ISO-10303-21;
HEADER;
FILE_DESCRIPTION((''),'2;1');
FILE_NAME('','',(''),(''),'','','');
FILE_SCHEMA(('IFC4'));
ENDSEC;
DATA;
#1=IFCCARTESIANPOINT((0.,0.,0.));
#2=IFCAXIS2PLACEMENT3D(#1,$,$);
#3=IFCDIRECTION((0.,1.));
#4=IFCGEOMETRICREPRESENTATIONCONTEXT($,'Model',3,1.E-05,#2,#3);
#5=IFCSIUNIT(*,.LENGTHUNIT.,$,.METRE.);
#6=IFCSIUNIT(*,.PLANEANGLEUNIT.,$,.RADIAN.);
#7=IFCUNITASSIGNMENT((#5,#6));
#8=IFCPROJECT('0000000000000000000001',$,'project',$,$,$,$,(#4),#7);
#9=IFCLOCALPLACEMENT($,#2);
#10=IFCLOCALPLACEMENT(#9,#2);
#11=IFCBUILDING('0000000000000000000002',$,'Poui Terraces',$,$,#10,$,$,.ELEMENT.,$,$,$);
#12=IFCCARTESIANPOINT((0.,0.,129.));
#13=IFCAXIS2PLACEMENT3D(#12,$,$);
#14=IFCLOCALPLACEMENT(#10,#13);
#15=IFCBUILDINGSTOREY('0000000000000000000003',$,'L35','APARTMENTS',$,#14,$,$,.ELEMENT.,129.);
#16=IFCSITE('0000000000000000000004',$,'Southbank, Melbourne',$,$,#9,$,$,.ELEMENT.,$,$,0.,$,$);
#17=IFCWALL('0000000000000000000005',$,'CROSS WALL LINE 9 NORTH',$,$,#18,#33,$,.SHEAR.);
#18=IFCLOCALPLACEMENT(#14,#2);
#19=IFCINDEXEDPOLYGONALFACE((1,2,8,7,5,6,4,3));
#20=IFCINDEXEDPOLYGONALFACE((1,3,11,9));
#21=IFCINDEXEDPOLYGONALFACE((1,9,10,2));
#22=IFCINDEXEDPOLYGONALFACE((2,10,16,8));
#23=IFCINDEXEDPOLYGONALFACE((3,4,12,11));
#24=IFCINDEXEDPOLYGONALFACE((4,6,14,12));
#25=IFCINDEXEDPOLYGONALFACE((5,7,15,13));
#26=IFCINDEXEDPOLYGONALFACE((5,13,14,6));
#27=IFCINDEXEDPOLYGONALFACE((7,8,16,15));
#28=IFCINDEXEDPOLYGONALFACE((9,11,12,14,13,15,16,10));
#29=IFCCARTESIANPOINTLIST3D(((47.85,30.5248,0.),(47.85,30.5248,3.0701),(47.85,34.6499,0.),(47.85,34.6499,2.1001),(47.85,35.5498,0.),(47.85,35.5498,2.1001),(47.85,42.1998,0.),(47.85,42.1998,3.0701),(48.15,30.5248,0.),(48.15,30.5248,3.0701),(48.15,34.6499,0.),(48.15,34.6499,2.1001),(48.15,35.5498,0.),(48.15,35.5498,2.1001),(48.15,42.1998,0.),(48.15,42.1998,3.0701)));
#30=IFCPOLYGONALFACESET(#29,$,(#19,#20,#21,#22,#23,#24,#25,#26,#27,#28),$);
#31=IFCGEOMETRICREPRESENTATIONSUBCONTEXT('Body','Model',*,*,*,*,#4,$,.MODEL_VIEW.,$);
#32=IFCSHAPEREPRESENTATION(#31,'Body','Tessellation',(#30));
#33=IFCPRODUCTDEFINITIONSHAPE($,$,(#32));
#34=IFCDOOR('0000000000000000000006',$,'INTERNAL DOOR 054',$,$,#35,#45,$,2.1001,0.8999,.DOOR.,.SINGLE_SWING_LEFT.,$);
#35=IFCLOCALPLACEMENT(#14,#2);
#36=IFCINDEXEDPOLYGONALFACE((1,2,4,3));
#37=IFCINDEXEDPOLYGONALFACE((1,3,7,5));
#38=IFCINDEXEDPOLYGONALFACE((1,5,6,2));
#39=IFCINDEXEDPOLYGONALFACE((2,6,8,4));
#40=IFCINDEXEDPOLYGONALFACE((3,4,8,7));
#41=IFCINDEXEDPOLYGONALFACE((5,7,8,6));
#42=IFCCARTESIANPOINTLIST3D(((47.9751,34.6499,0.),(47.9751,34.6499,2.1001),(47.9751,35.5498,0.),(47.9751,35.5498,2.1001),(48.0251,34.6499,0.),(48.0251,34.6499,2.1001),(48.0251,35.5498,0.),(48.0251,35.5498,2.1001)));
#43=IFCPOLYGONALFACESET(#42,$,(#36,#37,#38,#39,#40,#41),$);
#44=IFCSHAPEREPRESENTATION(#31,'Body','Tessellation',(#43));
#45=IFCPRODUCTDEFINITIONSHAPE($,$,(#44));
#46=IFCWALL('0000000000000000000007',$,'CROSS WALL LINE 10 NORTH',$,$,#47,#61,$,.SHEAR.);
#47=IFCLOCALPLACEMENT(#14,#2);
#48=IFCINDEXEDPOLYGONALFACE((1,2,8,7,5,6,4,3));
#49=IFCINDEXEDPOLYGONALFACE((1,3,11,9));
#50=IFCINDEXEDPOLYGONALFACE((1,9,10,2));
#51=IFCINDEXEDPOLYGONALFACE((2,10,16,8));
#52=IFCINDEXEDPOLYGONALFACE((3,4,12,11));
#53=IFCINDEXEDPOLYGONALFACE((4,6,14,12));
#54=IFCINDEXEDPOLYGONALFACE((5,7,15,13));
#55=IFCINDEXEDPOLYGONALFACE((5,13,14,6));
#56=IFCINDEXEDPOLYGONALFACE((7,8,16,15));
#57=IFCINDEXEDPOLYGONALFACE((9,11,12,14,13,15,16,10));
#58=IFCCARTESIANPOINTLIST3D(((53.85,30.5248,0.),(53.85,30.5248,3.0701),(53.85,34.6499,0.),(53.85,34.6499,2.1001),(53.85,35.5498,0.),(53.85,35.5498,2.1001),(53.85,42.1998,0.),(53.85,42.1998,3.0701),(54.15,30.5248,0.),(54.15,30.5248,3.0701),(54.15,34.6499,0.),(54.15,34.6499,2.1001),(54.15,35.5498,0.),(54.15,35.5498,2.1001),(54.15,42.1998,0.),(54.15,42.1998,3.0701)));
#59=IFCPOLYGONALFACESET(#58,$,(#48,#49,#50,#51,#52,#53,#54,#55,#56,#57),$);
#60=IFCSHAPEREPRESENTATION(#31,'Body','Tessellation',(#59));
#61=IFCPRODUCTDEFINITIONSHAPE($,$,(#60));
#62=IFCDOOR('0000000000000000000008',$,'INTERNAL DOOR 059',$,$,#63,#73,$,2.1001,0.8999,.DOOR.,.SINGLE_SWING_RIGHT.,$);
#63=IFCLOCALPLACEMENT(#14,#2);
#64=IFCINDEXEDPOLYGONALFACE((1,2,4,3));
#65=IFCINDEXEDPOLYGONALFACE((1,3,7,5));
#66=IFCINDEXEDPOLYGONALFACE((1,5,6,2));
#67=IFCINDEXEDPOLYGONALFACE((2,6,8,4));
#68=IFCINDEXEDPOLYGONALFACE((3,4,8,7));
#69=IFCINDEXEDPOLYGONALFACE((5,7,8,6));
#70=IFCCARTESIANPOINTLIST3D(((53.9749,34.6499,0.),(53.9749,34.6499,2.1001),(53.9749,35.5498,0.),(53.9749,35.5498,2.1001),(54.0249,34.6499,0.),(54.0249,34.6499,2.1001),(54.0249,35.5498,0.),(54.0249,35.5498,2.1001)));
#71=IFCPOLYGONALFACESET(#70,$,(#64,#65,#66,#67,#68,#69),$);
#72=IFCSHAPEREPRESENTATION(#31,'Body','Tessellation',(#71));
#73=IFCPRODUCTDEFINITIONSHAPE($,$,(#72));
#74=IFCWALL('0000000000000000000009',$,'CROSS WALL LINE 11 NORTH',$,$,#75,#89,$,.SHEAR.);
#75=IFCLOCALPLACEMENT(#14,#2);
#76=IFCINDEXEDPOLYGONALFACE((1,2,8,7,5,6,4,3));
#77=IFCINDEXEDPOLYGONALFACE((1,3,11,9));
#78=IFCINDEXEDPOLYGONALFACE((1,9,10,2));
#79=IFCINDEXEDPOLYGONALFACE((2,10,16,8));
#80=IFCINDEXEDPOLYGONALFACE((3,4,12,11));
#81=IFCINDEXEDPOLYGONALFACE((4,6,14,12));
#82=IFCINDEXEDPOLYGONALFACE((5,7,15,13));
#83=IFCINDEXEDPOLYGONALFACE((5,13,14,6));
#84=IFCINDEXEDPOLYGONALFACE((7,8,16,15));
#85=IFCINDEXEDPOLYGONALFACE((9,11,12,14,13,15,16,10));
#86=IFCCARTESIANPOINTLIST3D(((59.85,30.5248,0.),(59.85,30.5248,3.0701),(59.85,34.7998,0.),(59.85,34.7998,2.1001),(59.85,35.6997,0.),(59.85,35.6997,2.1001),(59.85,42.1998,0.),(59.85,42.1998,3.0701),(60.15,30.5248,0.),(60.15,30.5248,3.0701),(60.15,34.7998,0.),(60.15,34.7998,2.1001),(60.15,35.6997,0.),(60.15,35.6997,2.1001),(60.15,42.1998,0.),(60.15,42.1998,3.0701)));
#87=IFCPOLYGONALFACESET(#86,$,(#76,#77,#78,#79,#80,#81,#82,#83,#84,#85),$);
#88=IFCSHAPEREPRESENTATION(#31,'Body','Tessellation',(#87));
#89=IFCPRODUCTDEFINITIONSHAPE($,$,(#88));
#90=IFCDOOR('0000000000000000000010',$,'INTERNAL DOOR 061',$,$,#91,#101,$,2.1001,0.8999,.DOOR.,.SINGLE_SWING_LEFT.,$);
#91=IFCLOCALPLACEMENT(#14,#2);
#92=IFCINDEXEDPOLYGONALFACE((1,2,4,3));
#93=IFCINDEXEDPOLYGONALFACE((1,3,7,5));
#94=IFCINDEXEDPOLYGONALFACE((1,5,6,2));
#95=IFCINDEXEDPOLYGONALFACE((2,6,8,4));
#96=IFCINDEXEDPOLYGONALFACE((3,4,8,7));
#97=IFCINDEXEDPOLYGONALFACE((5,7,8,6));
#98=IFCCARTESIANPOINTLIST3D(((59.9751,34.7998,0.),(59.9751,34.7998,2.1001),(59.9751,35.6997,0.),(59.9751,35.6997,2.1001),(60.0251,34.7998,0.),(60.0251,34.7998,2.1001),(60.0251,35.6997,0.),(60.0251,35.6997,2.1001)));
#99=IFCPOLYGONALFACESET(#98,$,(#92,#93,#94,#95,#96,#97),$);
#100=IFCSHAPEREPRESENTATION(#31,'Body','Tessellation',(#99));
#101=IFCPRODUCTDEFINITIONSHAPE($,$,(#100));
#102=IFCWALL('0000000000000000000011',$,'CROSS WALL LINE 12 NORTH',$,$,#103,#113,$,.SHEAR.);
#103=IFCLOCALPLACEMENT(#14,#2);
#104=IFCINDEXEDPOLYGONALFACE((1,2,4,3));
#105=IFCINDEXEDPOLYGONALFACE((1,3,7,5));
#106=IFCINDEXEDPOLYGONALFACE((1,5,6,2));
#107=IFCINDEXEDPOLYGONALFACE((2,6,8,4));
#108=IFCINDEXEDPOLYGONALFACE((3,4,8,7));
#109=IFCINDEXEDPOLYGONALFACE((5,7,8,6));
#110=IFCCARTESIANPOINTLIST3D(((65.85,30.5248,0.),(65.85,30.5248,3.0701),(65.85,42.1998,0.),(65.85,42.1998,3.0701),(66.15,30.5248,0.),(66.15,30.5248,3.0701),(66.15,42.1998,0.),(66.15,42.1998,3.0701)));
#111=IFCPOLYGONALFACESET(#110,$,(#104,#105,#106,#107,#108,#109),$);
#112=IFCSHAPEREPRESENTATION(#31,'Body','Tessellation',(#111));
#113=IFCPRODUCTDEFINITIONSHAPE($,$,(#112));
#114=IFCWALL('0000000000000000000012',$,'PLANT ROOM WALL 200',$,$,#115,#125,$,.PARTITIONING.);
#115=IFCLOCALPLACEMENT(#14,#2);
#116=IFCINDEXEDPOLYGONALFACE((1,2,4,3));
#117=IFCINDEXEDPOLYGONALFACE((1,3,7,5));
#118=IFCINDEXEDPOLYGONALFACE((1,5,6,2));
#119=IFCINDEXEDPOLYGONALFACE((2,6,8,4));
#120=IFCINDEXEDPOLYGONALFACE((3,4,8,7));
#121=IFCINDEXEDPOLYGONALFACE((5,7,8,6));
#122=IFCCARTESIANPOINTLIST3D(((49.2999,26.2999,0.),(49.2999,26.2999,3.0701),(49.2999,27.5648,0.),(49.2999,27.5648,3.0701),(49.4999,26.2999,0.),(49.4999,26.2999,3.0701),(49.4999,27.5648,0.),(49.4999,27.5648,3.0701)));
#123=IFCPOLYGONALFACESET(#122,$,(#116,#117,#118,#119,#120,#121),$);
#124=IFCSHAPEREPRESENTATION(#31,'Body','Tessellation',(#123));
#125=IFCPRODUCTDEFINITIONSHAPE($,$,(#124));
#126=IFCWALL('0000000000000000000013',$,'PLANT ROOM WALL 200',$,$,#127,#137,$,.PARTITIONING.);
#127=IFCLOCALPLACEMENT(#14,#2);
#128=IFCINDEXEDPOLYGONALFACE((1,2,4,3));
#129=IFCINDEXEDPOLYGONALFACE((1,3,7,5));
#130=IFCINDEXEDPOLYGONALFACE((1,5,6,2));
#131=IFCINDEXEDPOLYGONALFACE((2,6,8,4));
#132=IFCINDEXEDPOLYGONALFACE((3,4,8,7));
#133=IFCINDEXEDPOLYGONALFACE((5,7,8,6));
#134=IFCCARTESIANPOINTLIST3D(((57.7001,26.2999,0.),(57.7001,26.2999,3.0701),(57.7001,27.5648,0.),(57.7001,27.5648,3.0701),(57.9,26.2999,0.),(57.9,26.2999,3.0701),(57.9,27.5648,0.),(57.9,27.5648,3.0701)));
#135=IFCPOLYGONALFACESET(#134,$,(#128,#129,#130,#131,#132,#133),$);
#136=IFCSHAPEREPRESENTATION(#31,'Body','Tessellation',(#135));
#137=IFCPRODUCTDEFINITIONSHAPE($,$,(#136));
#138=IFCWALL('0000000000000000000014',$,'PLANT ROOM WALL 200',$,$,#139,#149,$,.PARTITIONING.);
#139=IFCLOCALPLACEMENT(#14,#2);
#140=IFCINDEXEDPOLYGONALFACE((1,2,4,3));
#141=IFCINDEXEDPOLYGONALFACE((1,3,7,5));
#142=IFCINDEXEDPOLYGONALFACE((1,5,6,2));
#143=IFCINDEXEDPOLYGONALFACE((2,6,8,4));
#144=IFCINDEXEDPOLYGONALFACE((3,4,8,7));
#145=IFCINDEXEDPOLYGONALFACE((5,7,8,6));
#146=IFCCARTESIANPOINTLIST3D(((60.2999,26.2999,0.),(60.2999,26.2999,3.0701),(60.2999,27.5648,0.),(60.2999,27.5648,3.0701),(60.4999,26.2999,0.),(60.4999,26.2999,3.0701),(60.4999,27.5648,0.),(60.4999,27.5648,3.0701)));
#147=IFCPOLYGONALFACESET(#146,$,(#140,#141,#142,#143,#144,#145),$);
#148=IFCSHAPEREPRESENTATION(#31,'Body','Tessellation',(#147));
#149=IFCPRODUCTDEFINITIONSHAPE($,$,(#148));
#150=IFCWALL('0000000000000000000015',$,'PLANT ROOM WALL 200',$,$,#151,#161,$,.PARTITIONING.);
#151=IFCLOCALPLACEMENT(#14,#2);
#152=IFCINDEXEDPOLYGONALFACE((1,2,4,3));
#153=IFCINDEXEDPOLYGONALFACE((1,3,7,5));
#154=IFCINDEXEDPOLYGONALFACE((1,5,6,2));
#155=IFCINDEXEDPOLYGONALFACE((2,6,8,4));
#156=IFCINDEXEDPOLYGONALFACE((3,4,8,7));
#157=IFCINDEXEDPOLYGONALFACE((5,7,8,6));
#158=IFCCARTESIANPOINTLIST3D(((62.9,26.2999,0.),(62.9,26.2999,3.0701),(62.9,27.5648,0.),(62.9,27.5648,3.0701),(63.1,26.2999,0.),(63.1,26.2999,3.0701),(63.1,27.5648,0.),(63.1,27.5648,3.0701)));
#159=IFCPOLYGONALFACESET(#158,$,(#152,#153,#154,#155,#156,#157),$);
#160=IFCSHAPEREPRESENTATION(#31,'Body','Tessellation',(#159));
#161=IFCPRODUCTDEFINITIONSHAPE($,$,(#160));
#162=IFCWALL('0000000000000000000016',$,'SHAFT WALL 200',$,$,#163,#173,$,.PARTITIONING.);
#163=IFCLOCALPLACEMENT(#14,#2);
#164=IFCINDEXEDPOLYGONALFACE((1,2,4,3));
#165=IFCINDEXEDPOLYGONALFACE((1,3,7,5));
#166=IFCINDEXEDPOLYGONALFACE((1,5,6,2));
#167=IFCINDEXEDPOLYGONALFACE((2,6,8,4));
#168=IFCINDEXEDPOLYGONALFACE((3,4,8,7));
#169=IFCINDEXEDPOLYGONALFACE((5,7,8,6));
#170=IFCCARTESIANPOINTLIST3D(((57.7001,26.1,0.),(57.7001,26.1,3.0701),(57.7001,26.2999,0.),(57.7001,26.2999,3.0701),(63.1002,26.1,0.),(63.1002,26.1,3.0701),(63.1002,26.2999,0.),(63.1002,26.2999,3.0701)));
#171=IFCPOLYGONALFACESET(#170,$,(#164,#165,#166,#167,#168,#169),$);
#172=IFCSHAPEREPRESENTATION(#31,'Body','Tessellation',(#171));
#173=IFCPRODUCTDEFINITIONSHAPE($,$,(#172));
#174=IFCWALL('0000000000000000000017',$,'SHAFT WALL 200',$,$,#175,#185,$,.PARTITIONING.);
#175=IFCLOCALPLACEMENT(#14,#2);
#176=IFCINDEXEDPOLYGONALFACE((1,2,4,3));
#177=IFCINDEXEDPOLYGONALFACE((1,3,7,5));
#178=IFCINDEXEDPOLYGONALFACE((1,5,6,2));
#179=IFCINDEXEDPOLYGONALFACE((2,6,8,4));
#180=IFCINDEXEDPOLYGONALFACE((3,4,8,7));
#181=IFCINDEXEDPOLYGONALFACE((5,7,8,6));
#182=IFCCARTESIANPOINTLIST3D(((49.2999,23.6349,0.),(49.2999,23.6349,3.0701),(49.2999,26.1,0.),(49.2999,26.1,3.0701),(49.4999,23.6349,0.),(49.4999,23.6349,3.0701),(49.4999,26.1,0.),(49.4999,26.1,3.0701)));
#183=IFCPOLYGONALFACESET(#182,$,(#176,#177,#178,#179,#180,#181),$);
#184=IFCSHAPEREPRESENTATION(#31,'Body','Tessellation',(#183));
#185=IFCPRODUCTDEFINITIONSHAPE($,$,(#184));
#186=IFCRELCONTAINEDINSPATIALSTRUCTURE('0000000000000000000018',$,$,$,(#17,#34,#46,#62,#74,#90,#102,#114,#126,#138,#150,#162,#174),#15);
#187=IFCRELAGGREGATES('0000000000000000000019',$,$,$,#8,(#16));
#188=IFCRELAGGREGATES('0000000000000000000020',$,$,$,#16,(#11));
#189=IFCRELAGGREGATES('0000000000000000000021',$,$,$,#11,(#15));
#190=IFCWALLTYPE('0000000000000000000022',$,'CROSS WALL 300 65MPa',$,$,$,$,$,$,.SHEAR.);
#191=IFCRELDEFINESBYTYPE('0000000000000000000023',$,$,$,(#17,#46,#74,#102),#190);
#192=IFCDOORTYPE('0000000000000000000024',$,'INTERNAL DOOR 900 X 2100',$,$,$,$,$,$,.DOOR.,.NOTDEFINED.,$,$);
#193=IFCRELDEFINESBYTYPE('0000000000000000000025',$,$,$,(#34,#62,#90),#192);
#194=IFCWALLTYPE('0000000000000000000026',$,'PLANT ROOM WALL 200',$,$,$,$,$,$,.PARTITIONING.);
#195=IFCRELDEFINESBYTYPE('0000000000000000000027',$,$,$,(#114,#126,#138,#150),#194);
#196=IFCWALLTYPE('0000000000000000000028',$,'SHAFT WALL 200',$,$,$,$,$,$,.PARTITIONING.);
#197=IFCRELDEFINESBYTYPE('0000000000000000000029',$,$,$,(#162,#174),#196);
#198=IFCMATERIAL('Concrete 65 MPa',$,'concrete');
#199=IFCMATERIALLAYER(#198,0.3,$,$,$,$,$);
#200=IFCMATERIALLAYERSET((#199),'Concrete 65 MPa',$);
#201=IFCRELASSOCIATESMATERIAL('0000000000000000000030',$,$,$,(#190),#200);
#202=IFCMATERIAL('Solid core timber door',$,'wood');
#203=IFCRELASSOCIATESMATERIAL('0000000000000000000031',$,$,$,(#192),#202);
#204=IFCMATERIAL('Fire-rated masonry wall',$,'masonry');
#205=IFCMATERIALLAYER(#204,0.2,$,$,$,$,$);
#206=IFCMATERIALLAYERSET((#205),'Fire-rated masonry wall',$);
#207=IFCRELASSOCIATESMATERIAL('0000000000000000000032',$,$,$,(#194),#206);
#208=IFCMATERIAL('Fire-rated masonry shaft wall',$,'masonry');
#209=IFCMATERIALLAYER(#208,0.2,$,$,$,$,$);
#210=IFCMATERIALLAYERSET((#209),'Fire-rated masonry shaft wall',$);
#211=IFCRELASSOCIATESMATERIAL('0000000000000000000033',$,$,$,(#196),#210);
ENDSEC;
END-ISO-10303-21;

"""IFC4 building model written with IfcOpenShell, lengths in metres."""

from ifc_helpers import new_model, si_unit, direction, frame, frame_2d, origin, place, context, subcontext, project, spatial, rectangle, extrude, material, layer, layer_set, type_object, element, fill, save


model = new_model("IFC4")

# Units and contexts
model_context = context("Model", 3, precision=1e-05, world=origin(), true_north=direction((0.0, 1.0)))
body_context = subcontext(model_context, "Body", "Model", "MODEL_VIEW")
ifc_project = project(units=[si_unit("LENGTHUNIT", "METRE"), si_unit("PLANEANGLEUNIT", "RADIAN")], contexts=[model_context])

# Site, building, storey
site_placement = place(None, origin())
site = spatial("IfcSite", under=ifc_project, at=site_placement, Name="Southbank, Melbourne", CompositionType="ELEMENT", RefElevation=0.0)
building_placement = place(site_placement, origin())
building = spatial("IfcBuilding", under=site, at=building_placement, Name="Poui Terraces", CompositionType="ELEMENT")
storey_placement = place(building_placement, frame((0.0, 0.0, 129.0)))
storey = spatial("IfcBuildingStorey", under=building, at=storey_placement, Name="L35", Description="APARTMENTS", CompositionType="ELEMENT", Elevation=129.0)

# Shared definitions
ifc_material_1 = material(Name="Concrete 65 MPa", Category="concrete")

# Walls, openings, doors
ifc_layer_1 = layer(ifc_material_1, 0.3)
ifc_layer_set_1 = layer_set([ifc_layer_1], Name="Concrete 65 MPa")
wall_type_1 = type_object("IfcWallType", Name="CROSS WALL 300 65MPa", PredefinedType="SHEAR", material=ifc_layer_set_1)
wall_1_placement = place(storey_placement, frame((48.0, 30.5249, 0.0), z_axis=(0.0, 0.0, 1.0), x_axis=(0.0, 1.0, 0.0)))
wall_1 = element("IfcWall", 1, at=wall_1_placement, inside=storey, type_object=wall_type_1, Name="CROSS WALL LINE 9 NORTH", PredefinedType="SHEAR", context=body_context, shape_type="SweptSolid", body=[
    extrude(rectangle(XDim=11.675, YDim=0.3, at=frame_2d((5.8374, 0.0))), origin(), (0.0, 0.0, 1.0), 3.0701),
])
opening_1_placement = place(wall_1_placement, frame((4.125, 0.0, 0.0)))
opening_1 = element("IfcOpeningElement", 2, at=opening_1_placement, cuts=wall_1, PredefinedType="OPENING", context=body_context, shape_type="SweptSolid", body=[
    extrude(rectangle(XDim=0.8999, YDim=2.1001, at=frame_2d((0.45, 1.05))), frame((0.0, 0.1602, 0.0), z_axis=(0.0, -1.0, 0.0), x_axis=(1.0, 0.0, 0.0)), (0.0, 0.0, 1.0), 0.3201),
])
ifc_material_2 = material(Name="Solid core timber door", Category="wood")
door_type_1 = type_object("IfcDoorType", Name="INTERNAL DOOR 900 X 2100", OperationType="NOTDEFINED", PredefinedType="DOOR", material=ifc_material_2)
door_1_placement = place(opening_1_placement, origin())
door_1 = element("IfcDoor", 3, at=door_1_placement, inside=storey, type_object=door_type_1, Name="INTERNAL DOOR 054", OperationType="SINGLE_SWING_LEFT", OverallHeight=2.1001, OverallWidth=0.8999, PredefinedType="DOOR", context=body_context, shape_type="SweptSolid", body=[
    extrude(rectangle(XDim=0.8999, YDim=2.1001, at=frame_2d((0.45, 1.05))), frame((0.0, 0.0249, 0.0), z_axis=(0.0, -1.0, 0.0), x_axis=(1.0, 0.0, 0.0)), (0.0, 0.0, 1.0), 0.05),
])
fill(opening_1, door_1)
wall_2_placement = place(storey_placement, frame((54.0, 30.5249, 0.0), z_axis=(0.0, 0.0, 1.0), x_axis=(0.0, 1.0, 0.0)))
wall_2 = element("IfcWall", 4, at=wall_2_placement, inside=storey, type_object=wall_type_1, Name="CROSS WALL LINE 10 NORTH", PredefinedType="SHEAR", context=body_context, shape_type="SweptSolid", body=[
    extrude(rectangle(XDim=11.675, YDim=0.3, at=frame_2d((5.8374, 0.0))), origin(), (0.0, 0.0, 1.0), 3.0701),
])
opening_2_placement = place(wall_2_placement, frame((4.125, 0.0, 0.0)))
opening_2 = element("IfcOpeningElement", 5, at=opening_2_placement, cuts=wall_2, PredefinedType="OPENING", context=body_context, shape_type="SweptSolid", body=[
    extrude(rectangle(XDim=0.8999, YDim=2.1001, at=frame_2d((0.45, 1.05))), frame((0.0, 0.1602, 0.0), z_axis=(0.0, -1.0, 0.0), x_axis=(1.0, 0.0, 0.0)), (0.0, 0.0, 1.0), 0.3201),
])
door_2_placement = place(opening_2_placement, frame((0.8999, 0.0, 0.0), z_axis=(0.0, 0.0, 1.0), x_axis=(-1.0, 0.0, 0.0)))
door_2 = element("IfcDoor", 6, at=door_2_placement, inside=storey, type_object=door_type_1, Name="INTERNAL DOOR 059", OperationType="SINGLE_SWING_RIGHT", OverallHeight=2.1001, OverallWidth=0.8999, PredefinedType="DOOR", context=body_context, shape_type="SweptSolid", body=[
    extrude(rectangle(XDim=0.8999, YDim=2.1001, at=frame_2d((0.45, 1.05))), frame((0.0, 0.0249, 0.0), z_axis=(0.0, -1.0, 0.0), x_axis=(1.0, 0.0, 0.0)), (0.0, 0.0, 1.0), 0.05),
])
fill(opening_2, door_2)
wall_3_placement = place(storey_placement, frame((60.0, 30.5249, 0.0), z_axis=(0.0, 0.0, 1.0), x_axis=(0.0, 1.0, 0.0)))
wall_3 = element("IfcWall", 7, at=wall_3_placement, inside=storey, type_object=wall_type_1, Name="CROSS WALL LINE 11 NORTH", PredefinedType="SHEAR", context=body_context, shape_type="SweptSolid", body=[
    extrude(rectangle(XDim=11.675, YDim=0.3, at=frame_2d((5.8374, 0.0))), origin(), (0.0, 0.0, 1.0), 3.0701),
])
opening_3_placement = place(wall_3_placement, frame((4.2749, 0.0, 0.0)))
opening_3 = element("IfcOpeningElement", 8, at=opening_3_placement, cuts=wall_3, PredefinedType="OPENING", context=body_context, shape_type="SweptSolid", body=[
    extrude(rectangle(XDim=0.8999, YDim=2.1001, at=frame_2d((0.45, 1.05))), frame((0.0, 0.1602, 0.0), z_axis=(0.0, -1.0, 0.0), x_axis=(1.0, 0.0, 0.0)), (0.0, 0.0, 1.0), 0.3201),
])
door_3_placement = place(opening_3_placement, origin())
door_3 = element("IfcDoor", 9, at=door_3_placement, inside=storey, type_object=door_type_1, Name="INTERNAL DOOR 061", OperationType="SINGLE_SWING_LEFT", OverallHeight=2.1001, OverallWidth=0.8999, PredefinedType="DOOR", context=body_context, shape_type="SweptSolid", body=[
    extrude(rectangle(XDim=0.8999, YDim=2.1001, at=frame_2d((0.45, 1.05))), frame((0.0, 0.0249, 0.0), z_axis=(0.0, -1.0, 0.0), x_axis=(1.0, 0.0, 0.0)), (0.0, 0.0, 1.0), 0.05),
])
fill(opening_3, door_3)

# Walls
wall_4_placement = place(storey_placement, frame((66.0, 30.5249, 0.0), z_axis=(0.0, 0.0, 1.0), x_axis=(0.0, 1.0, 0.0)))
element("IfcWall", 10, at=wall_4_placement, inside=storey, type_object=wall_type_1, Name="CROSS WALL LINE 12 NORTH", PredefinedType="SHEAR", context=body_context, shape_type="SweptSolid", body=[
    extrude(rectangle(XDim=11.675, YDim=0.3, at=frame_2d((5.8374, 0.0))), origin(), (0.0, 0.0, 1.0), 3.0701),
])
ifc_material_3 = material(Name="Fire-rated masonry wall", Category="masonry")
ifc_layer_2 = layer(ifc_material_3, 0.2)
ifc_layer_set_2 = layer_set([ifc_layer_2], Name="Fire-rated masonry wall")
wall_type_2 = type_object("IfcWallType", Name="PLANT ROOM WALL 200", PredefinedType="PARTITIONING", material=ifc_layer_set_2)
for number, where, z_axis, x_axis, name in (
    (11, (49.3999, 26.3, 0.0), (0.0, 0.0, 1.0), (0.0, 1.0, 0.0), "PLANT ROOM WALL 200"),
    (12, (57.8, 26.3, 0.0), (0.0, 0.0, 1.0), (0.0, 1.0, 0.0), "PLANT ROOM WALL 200"),
    (13, (60.3999, 26.3, 0.0), (0.0, 0.0, 1.0), (0.0, 1.0, 0.0), "PLANT ROOM WALL 200"),
    (14, (63.0, 26.3, 0.0), (0.0, 0.0, 1.0), (0.0, 1.0, 0.0), "PLANT ROOM WALL 200"),
):
    element("IfcWall", number, at=place(storey_placement, frame(where, z_axis=z_axis, x_axis=x_axis)), inside=storey, type_object=wall_type_2, Name=name, PredefinedType="PARTITIONING", context=body_context, shape_type="SweptSolid", body=[
        extrude(rectangle(XDim=1.2649, YDim=0.2, at=frame_2d((0.6323, 0.0))), origin(), (0.0, 0.0, 1.0), 3.0701),
    ])
ifc_material_4 = material(Name="Fire-rated masonry shaft wall", Category="masonry")
ifc_layer_3 = layer(ifc_material_4, 0.2)
ifc_layer_set_3 = layer_set([ifc_layer_3], Name="Fire-rated masonry shaft wall")
wall_type_3 = type_object("IfcWallType", Name="SHAFT WALL 200", PredefinedType="PARTITIONING", material=ifc_layer_set_3)
wall_5_placement = place(storey_placement, frame((57.7, 26.2, 0.0), z_axis=(0.0, 0.0, 1.0), x_axis=(1.0, 0.0, 0.0)))
element("IfcWall", 15, at=wall_5_placement, inside=storey, type_object=wall_type_3, Name="SHAFT WALL 200", PredefinedType="PARTITIONING", context=body_context, shape_type="SweptSolid", body=[
    extrude(rectangle(XDim=5.4001, YDim=0.2, at=frame_2d((2.7002, 0.0))), origin(), (0.0, 0.0, 1.0), 3.0701),
])
for number, where, z_axis, x_axis, name in (
    (16, (49.3999, 23.635, 0.0), (0.0, 0.0, 1.0), (0.0, 1.0, 0.0), "SHAFT WALL 200"),
):
    element("IfcWall", number, at=place(storey_placement, frame(where, z_axis=z_axis, x_axis=x_axis)), inside=storey, type_object=wall_type_3, Name=name, PredefinedType="PARTITIONING", context=body_context, shape_type="SweptSolid", body=[
        extrude(rectangle(XDim=2.4651, YDim=0.2, at=frame_2d((1.2324, 0.0))), origin(), (0.0, 0.0, 1.0), 3.0701),
    ])

save(model, "model.ifc")
